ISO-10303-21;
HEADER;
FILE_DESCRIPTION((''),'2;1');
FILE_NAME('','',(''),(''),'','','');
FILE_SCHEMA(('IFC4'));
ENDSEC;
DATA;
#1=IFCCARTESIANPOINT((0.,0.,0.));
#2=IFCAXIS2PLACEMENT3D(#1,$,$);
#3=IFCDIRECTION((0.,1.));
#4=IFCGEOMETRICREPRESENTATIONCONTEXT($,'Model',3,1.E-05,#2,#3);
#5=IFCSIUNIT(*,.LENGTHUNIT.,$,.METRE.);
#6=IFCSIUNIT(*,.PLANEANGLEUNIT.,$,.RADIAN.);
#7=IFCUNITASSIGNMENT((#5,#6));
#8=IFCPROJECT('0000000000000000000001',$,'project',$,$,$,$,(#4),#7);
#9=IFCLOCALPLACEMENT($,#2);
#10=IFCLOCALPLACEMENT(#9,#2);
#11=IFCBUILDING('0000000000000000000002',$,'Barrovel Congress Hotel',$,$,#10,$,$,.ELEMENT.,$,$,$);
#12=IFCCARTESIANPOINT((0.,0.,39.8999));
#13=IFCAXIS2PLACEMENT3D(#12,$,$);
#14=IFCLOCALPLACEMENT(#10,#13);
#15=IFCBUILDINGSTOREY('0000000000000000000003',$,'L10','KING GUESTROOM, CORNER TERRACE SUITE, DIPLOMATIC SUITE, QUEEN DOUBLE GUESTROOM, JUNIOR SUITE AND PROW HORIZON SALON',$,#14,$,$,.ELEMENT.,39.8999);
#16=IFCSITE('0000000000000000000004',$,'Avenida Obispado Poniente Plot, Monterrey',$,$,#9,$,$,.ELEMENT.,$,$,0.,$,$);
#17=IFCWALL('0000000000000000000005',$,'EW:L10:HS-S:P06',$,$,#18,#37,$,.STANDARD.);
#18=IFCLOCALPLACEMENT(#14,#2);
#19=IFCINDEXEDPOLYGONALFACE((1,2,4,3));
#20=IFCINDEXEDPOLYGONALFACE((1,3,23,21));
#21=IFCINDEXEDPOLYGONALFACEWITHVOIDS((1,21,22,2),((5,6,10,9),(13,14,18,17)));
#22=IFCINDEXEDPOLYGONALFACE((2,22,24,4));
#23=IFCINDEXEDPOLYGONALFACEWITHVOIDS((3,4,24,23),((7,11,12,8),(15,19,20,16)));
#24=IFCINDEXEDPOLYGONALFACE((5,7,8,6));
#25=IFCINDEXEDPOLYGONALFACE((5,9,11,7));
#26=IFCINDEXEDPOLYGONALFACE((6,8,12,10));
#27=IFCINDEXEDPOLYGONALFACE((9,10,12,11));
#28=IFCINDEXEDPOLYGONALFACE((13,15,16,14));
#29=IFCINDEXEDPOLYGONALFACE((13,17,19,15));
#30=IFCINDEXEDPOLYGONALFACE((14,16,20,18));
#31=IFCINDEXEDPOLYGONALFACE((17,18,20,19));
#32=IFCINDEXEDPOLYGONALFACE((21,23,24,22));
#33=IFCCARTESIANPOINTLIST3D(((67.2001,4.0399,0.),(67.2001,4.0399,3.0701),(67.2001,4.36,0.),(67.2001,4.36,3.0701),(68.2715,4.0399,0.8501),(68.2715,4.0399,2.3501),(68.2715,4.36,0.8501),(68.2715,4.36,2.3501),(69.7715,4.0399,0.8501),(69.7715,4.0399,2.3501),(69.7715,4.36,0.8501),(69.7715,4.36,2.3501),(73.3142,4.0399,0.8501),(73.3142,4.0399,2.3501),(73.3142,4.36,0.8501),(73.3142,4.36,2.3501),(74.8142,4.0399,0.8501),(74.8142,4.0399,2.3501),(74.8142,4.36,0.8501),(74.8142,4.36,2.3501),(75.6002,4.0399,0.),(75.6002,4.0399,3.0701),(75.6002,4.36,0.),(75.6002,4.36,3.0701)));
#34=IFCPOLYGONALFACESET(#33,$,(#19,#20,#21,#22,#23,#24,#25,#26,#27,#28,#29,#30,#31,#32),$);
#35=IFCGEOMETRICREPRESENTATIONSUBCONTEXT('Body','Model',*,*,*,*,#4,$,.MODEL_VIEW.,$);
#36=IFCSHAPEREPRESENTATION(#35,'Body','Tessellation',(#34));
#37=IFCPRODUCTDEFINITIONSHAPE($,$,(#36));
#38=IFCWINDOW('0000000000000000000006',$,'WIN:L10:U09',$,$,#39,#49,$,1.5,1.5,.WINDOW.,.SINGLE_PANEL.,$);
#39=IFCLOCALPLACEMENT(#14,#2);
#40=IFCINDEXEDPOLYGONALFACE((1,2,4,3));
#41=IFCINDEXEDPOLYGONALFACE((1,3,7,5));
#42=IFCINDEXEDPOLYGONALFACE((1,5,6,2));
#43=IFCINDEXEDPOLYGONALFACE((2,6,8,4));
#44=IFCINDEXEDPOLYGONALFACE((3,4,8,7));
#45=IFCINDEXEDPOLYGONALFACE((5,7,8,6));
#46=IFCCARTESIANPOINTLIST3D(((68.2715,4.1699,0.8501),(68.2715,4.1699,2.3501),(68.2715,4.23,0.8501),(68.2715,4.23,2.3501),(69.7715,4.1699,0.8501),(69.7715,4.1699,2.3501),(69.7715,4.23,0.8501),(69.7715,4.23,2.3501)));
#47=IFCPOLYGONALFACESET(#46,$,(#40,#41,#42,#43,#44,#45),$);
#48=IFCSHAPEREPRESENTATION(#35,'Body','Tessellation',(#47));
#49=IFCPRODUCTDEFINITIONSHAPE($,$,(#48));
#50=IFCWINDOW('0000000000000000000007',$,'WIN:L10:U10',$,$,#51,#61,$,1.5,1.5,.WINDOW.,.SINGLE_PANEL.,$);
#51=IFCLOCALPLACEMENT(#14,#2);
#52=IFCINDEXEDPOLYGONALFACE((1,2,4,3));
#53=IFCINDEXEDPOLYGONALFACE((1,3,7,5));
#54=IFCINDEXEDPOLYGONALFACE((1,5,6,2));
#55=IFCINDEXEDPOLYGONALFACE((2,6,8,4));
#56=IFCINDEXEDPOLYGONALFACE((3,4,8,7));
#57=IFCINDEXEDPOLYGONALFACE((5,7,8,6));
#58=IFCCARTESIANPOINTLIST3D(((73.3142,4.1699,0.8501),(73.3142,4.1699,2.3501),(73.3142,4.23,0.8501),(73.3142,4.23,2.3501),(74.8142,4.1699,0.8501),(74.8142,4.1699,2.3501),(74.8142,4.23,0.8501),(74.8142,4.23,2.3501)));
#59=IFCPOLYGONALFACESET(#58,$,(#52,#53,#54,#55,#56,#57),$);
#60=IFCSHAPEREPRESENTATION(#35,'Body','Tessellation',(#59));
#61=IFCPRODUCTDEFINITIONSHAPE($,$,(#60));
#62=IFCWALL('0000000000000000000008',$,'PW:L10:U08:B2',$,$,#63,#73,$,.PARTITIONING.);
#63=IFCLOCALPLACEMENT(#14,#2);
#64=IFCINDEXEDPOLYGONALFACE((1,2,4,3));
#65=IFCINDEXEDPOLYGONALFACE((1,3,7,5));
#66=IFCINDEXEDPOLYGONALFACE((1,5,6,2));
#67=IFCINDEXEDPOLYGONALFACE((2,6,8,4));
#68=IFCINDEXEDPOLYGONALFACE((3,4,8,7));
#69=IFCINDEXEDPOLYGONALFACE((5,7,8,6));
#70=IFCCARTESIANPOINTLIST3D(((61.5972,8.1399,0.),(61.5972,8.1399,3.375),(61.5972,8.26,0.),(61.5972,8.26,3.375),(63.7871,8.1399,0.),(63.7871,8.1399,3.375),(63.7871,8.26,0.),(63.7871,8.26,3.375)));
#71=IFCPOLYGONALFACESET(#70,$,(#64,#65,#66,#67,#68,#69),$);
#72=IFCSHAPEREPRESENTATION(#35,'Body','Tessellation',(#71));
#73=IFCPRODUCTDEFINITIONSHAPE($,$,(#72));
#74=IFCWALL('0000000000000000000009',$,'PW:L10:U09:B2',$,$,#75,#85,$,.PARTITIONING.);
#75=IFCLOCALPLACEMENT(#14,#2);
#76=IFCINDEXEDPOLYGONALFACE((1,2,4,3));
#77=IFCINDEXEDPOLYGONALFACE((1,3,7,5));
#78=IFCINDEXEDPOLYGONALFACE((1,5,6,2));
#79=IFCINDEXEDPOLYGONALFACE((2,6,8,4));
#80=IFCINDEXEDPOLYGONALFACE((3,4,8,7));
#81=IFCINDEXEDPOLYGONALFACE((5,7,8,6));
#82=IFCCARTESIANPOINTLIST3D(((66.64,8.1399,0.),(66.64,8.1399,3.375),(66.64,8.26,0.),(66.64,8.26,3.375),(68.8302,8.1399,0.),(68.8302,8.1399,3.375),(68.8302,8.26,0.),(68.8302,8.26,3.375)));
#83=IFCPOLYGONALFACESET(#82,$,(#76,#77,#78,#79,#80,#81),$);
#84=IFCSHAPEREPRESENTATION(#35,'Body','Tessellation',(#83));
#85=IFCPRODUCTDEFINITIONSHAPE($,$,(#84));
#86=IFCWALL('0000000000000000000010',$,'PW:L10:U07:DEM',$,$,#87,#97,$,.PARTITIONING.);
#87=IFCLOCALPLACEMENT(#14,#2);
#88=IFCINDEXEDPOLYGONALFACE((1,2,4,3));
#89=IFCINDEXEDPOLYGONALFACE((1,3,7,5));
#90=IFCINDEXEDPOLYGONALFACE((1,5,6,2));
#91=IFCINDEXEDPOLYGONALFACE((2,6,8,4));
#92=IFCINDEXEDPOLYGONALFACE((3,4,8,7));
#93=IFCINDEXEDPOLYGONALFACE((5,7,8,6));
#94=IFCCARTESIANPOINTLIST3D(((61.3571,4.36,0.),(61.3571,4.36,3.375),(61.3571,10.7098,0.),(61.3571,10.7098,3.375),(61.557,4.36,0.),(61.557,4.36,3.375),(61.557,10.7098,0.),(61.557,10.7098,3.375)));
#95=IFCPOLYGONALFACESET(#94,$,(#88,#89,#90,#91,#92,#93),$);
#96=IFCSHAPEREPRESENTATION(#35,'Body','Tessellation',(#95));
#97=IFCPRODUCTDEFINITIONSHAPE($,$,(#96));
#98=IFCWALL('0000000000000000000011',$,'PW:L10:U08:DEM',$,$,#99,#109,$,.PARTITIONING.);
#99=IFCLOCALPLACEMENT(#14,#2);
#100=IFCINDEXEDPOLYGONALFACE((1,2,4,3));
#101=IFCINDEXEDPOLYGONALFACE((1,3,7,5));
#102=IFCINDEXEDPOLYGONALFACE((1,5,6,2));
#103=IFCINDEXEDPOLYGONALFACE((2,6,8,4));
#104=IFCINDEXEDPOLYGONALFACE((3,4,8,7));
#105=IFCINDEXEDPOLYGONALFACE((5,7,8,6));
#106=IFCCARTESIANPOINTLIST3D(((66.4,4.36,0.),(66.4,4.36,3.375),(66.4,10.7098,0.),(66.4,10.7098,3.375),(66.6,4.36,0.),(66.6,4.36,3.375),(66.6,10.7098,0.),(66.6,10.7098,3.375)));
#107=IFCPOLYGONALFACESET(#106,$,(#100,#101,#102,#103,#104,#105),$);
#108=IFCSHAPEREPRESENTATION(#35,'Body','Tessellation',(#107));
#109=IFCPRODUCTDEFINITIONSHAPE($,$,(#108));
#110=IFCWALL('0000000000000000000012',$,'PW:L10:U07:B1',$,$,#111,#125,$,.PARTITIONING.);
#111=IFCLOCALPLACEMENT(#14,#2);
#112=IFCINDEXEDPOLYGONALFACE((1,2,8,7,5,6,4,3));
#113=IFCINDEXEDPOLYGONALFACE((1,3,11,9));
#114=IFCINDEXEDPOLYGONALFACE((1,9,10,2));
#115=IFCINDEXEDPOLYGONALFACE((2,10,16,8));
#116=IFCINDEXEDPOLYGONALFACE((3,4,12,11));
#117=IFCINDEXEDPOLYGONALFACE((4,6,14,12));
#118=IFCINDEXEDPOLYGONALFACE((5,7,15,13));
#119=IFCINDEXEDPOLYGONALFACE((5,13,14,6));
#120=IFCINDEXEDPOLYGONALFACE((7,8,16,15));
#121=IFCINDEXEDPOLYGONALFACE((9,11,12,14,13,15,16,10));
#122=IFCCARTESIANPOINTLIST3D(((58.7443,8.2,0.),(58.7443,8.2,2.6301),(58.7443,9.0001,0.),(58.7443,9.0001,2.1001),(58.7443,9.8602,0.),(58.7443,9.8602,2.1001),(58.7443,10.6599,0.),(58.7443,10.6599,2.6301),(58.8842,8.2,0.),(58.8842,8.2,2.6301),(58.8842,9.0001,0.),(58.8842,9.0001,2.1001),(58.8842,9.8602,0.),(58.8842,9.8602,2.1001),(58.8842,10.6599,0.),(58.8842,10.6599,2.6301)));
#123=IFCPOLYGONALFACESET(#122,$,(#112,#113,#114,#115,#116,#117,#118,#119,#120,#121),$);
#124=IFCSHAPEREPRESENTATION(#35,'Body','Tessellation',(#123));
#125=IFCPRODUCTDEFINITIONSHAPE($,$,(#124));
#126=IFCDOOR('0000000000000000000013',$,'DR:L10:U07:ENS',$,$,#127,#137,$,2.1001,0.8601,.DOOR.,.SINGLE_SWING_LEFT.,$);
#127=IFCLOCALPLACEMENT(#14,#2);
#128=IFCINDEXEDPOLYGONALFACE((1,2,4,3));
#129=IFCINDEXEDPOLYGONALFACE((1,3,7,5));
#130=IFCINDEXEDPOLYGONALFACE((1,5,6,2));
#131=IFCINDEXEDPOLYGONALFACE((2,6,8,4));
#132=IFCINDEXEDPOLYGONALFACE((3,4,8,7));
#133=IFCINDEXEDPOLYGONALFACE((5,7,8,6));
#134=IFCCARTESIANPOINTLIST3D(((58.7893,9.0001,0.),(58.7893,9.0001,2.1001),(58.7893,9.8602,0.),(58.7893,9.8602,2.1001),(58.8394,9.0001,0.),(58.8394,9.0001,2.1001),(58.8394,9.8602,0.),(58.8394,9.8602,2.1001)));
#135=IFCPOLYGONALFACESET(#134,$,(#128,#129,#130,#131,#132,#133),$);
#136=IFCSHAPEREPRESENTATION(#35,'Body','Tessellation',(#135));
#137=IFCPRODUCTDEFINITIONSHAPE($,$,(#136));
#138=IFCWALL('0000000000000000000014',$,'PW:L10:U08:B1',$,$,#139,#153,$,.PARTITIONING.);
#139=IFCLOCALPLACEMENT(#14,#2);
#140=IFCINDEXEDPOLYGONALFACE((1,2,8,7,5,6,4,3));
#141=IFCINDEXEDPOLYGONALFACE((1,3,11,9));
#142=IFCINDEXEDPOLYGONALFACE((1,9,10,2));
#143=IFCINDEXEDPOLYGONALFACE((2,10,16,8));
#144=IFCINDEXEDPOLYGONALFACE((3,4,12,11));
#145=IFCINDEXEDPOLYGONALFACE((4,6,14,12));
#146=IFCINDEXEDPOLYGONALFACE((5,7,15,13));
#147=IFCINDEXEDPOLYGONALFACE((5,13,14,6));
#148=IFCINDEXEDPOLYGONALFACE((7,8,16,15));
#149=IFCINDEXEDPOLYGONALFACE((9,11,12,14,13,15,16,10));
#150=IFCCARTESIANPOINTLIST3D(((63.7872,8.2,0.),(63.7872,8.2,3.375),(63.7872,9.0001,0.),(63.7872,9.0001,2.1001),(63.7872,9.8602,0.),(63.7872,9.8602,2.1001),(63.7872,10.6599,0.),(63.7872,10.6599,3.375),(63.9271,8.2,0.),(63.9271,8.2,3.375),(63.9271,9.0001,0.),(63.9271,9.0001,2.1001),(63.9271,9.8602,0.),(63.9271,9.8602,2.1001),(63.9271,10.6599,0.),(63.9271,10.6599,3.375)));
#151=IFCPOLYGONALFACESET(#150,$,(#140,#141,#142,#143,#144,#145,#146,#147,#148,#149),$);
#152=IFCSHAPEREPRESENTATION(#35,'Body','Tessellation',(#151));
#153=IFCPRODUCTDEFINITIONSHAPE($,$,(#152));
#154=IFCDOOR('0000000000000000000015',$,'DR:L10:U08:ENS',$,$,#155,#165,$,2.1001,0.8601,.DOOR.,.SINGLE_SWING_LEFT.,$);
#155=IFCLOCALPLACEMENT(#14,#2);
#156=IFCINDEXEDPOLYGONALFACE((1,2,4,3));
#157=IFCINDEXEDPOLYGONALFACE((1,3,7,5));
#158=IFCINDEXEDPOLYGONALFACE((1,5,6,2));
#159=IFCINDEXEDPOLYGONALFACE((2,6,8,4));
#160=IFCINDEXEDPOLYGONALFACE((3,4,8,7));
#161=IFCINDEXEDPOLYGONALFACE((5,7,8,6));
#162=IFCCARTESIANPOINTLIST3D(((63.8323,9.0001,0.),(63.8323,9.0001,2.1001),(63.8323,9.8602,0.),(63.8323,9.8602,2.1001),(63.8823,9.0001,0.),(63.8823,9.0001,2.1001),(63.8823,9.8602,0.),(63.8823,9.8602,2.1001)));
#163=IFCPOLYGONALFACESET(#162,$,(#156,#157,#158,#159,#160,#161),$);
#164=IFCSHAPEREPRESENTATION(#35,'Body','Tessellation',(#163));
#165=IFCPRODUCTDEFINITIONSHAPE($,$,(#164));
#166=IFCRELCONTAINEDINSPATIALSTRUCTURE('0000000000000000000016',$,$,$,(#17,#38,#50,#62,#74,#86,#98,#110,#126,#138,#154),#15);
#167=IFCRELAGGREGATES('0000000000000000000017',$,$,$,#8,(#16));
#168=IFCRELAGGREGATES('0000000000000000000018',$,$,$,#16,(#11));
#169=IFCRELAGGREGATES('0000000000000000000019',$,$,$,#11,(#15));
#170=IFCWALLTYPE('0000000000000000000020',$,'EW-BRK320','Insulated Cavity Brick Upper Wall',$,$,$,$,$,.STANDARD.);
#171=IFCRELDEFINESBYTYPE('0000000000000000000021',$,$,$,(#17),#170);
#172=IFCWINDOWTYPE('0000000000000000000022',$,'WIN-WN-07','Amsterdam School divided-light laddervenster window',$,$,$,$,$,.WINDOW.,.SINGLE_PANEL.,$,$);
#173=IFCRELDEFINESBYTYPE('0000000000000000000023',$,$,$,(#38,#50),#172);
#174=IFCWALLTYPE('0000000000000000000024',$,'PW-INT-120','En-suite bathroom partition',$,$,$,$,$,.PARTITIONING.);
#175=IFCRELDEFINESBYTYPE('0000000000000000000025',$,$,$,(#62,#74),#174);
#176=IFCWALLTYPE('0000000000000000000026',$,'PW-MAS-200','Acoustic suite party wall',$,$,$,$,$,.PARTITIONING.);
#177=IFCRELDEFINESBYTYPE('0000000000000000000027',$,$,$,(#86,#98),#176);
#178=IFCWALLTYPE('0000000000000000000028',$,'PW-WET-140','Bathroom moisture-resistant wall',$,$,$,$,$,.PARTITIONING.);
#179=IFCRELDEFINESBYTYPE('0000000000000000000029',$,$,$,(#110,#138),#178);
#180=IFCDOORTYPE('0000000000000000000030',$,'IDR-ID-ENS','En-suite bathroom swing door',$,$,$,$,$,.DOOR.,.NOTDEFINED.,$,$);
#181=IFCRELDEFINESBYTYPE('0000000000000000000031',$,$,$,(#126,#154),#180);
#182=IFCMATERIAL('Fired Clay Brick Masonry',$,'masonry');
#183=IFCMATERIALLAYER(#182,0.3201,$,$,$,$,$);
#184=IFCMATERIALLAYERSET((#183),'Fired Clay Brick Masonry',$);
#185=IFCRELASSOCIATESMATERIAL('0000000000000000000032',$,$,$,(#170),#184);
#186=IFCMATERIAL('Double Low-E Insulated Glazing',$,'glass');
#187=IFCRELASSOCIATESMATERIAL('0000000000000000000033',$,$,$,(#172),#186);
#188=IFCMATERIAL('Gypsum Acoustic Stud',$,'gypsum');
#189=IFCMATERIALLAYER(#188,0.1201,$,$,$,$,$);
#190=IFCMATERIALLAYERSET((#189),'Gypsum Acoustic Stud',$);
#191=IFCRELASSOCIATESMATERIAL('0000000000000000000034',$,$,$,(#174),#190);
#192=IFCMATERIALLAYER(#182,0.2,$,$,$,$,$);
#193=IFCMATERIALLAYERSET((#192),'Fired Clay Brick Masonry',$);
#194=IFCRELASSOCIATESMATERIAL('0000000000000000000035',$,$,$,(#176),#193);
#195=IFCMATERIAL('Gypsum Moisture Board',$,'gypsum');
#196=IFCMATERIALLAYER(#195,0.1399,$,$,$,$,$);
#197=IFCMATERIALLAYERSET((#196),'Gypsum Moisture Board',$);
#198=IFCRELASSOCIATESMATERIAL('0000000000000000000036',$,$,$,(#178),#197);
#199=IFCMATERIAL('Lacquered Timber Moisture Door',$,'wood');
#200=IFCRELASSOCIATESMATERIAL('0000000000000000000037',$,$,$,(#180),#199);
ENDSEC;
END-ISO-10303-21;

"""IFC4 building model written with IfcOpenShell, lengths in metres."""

from ifc_helpers import new_model, si_unit, direction, frame, frame_2d, origin, place, context, subcontext, project, spatial, rectangle, extrude, material, layer, layer_set, type_object, element, fill, save


model = new_model("IFC4")

# Units and contexts
model_context = context("Model", 3, precision=1e-05, world=origin(), true_north=direction((0.0, 1.0)))
body_context = subcontext(model_context, "Body", "Model", "MODEL_VIEW")
ifc_project = project(units=[si_unit("LENGTHUNIT", "METRE"), si_unit("PLANEANGLEUNIT", "RADIAN")], contexts=[model_context])

# Site, building, storey
site_placement = place(None, origin())
site = spatial("IfcSite", under=ifc_project, at=site_placement, Name="Avenida Obispado Poniente Plot, Monterrey", CompositionType="ELEMENT", RefElevation=0.0)
building_placement = place(site_placement, origin())
building = spatial("IfcBuilding", under=site, at=building_placement, Name="Barrovel Congress Hotel", CompositionType="ELEMENT")
storey_placement = place(building_placement, frame((0.0, 0.0, 39.8999)))
storey = spatial("IfcBuildingStorey", under=building, at=storey_placement, Name="L10", Description="KING GUESTROOM, CORNER TERRACE SUITE, DIPLOMATIC SUITE, QUEEN DOUBLE GUESTROOM, JUNIOR SUITE AND PROW HORIZON SALON", CompositionType="ELEMENT", Elevation=39.8999)

# Wall, openings, windows
ifc_material_1 = material(Name="Fired Clay Brick Masonry", Category="masonry")
ifc_layer_1 = layer(ifc_material_1, 0.3201)
ifc_layer_set_1 = layer_set([ifc_layer_1], Name="Fired Clay Brick Masonry")
wall_type_1 = type_object("IfcWallType", Name="EW-BRK320", Description="Insulated Cavity Brick Upper Wall", PredefinedType="STANDARD", material=ifc_layer_set_1)
wall_1_placement = place(storey_placement, frame((67.2, 4.2, 0.0), z_axis=(0.0, 0.0, 1.0), x_axis=(1.0, 0.0, 0.0)))
wall_1 = element("IfcWall", 1, at=wall_1_placement, inside=storey, type_object=wall_type_1, Name="EW:L10:HS-S:P06", PredefinedType="STANDARD", context=body_context, shape_type="SweptSolid", body=[
    extrude(rectangle(XDim=8.4001, YDim=0.3201, at=frame_2d((4.2002, 0.0))), origin(), (0.0, 0.0, 1.0), 3.0701),
])
opening_1_placement = place(wall_1_placement, frame((1.0715, 0.0, 0.8501)))
opening_1 = element("IfcOpeningElement", 2, at=opening_1_placement, cuts=wall_1, PredefinedType="OPENING", context=body_context, shape_type="SweptSolid", body=[
    extrude(rectangle(XDim=1.5, YDim=1.5, at=frame_2d((0.75, 0.75))), frame((0.0, 0.1699, 0.0), z_axis=(0.0, -1.0, 0.0), x_axis=(1.0, 0.0, 0.0)), (0.0, 0.0, 1.0), 0.3401),
])
opening_2_placement = place(wall_1_placement, frame((6.1143, 0.0, 0.8501)))
opening_2 = element("IfcOpeningElement", 3, at=opening_2_placement, cuts=wall_1, PredefinedType="OPENING", context=body_context, shape_type="SweptSolid", body=[
    extrude(rectangle(XDim=1.5, YDim=1.5, at=frame_2d((0.75, 0.75))), frame((0.0, 0.1699, 0.0), z_axis=(0.0, -1.0, 0.0), x_axis=(1.0, 0.0, 0.0)), (0.0, 0.0, 1.0), 0.3401),
])
ifc_material_2 = material(Name="Double Low-E Insulated Glazing", Category="glass")
window_type = type_object("IfcWindowType", Name="WIN-WN-07", Description="Amsterdam School divided-light laddervenster window", PartitioningType="SINGLE_PANEL", PredefinedType="WINDOW", material=ifc_material_2)
window_1_placement = place(opening_1_placement, origin())
window_1 = element("IfcWindow", 4, at=window_1_placement, inside=storey, type_object=window_type, Name="WIN:L10:U09", OverallHeight=1.5, OverallWidth=1.5, PartitioningType="SINGLE_PANEL", PredefinedType="WINDOW", context=body_context, shape_type="SweptSolid", body=[
    extrude(rectangle(XDim=1.5, YDim=1.5, at=frame_2d((0.75, 0.75))), frame((0.0, 0.03, 0.0), z_axis=(0.0, -1.0, 0.0), x_axis=(1.0, 0.0, 0.0)), (0.0, 0.0, 1.0), 0.0601),
])
fill(opening_1, window_1)
window_2_placement = place(opening_2_placement, origin())
window_2 = element("IfcWindow", 5, at=window_2_placement, inside=storey, type_object=window_type, Name="WIN:L10:U10", OverallHeight=1.5, OverallWidth=1.5, PartitioningType="SINGLE_PANEL", PredefinedType="WINDOW", context=body_context, shape_type="SweptSolid", body=[
    extrude(rectangle(XDim=1.5, YDim=1.5, at=frame_2d((0.75, 0.75))), frame((0.0, 0.03, 0.0), z_axis=(0.0, -1.0, 0.0), x_axis=(1.0, 0.0, 0.0)), (0.0, 0.0, 1.0), 0.0601),
])
fill(opening_2, window_2)

# Shared definitions
ifc_material_3 = material(Name="Gypsum Acoustic Stud", Category="gypsum")

# Walls
ifc_layer_2 = layer(ifc_material_3, 0.1201)
ifc_layer_set_2 = layer_set([ifc_layer_2], Name="Gypsum Acoustic Stud")
wall_type_2 = type_object("IfcWallType", Name="PW-INT-120", Description="En-suite bathroom partition", PredefinedType="PARTITIONING", material=ifc_layer_set_2)
wall_2_placement = place(storey_placement, frame((61.5972, 8.2, 0.0), z_axis=(0.0, 0.0, 1.0), x_axis=(1.0, 0.0, 0.0)))
element("IfcWall", 6, at=wall_2_placement, inside=storey, type_object=wall_type_2, Name="PW:L10:U08:B2", PredefinedType="PARTITIONING", context=body_context, shape_type="SweptSolid", body=[
    extrude(rectangle(XDim=2.1899, YDim=0.1201, at=frame_2d((1.095, 0.0))), origin(), (0.0, 0.0, 1.0), 3.375),
])
wall_3_placement = place(storey_placement, frame((66.6399, 8.2, 0.0), z_axis=(0.0, 0.0, 1.0), x_axis=(1.0, 0.0, 0.0)))
element("IfcWall", 7, at=wall_3_placement, inside=storey, type_object=wall_type_2, Name="PW:L10:U09:B2", PredefinedType="PARTITIONING", context=body_context, shape_type="SweptSolid", body=[
    extrude(rectangle(XDim=2.1902, YDim=0.1201, at=frame_2d((1.0952, 0.0))), origin(), (0.0, 0.0, 1.0), 3.375),
])
ifc_layer_3 = layer(ifc_material_1, 0.2)
ifc_layer_set_3 = layer_set([ifc_layer_3], Name="Fired Clay Brick Masonry")
wall_type_3 = type_object("IfcWallType", Name="PW-MAS-200", Description="Acoustic suite party wall", PredefinedType="PARTITIONING", material=ifc_layer_set_3)
for number, where, z_axis, x_axis, name in (
    (8, (61.457, 4.3601, 0.0), (0.0, 0.0, 1.0), (0.0, 1.0, 0.0), "PW:L10:U07:DEM"),
    (9, (66.5, 4.3601, 0.0), (0.0, 0.0, 1.0), (0.0, 1.0, 0.0), "PW:L10:U08:DEM"),
):
    element("IfcWall", number, at=place(storey_placement, frame(where, z_axis=z_axis, x_axis=x_axis)), inside=storey, type_object=wall_type_3, Name=name, PredefinedType="PARTITIONING", context=body_context, shape_type="SweptSolid", body=[
        extrude(rectangle(XDim=6.3499, YDim=0.2, at=frame_2d((3.1748, 0.0))), origin(), (0.0, 0.0, 1.0), 3.375),
    ])

# Walls, openings, doors
ifc_material_4 = material(Name="Gypsum Moisture Board", Category="gypsum")
ifc_layer_4 = layer(ifc_material_4, 0.1399)
ifc_layer_set_4 = layer_set([ifc_layer_4], Name="Gypsum Moisture Board")
wall_type_4 = type_object("IfcWallType", Name="PW-WET-140", Description="Bathroom moisture-resistant wall", PredefinedType="PARTITIONING", material=ifc_layer_set_4)
wall_4_placement = place(storey_placement, frame((58.8142, 8.2, 0.0), z_axis=(0.0, 0.0, 1.0), x_axis=(0.0, 1.0, 0.0)))
wall_4 = element("IfcWall", 10, at=wall_4_placement, inside=storey, type_object=wall_type_4, Name="PW:L10:U07:B1", PredefinedType="PARTITIONING", context=body_context, shape_type="SweptSolid", body=[
    extrude(rectangle(XDim=2.46, YDim=0.1399, at=frame_2d((1.23, 0.0))), origin(), (0.0, 0.0, 1.0), 2.6301),
])
opening_3_placement = place(wall_4_placement, frame((0.8, 0.0, 0.0)))
opening_3 = element("IfcOpeningElement", 11, at=opening_3_placement, cuts=wall_4, PredefinedType="OPENING", context=body_context, shape_type="SweptSolid", body=[
    extrude(rectangle(XDim=0.8601, YDim=2.1001, at=frame_2d((0.4302, 1.05))), frame((0.0, 0.0801, 0.0), z_axis=(0.0, -1.0, 0.0), x_axis=(1.0, 0.0, 0.0)), (0.0, 0.0, 1.0), 0.1599),
])
ifc_material_5 = material(Name="Lacquered Timber Moisture Door", Category="wood")
door_type_1 = type_object("IfcDoorType", Name="IDR-ID-ENS", Description="En-suite bathroom swing door", OperationType="NOTDEFINED", PredefinedType="DOOR", material=ifc_material_5)
door_1_placement = place(opening_3_placement, origin())
door_1 = element("IfcDoor", 12, at=door_1_placement, inside=storey, type_object=door_type_1, Name="DR:L10:U07:ENS", OperationType="SINGLE_SWING_LEFT", OverallHeight=2.1001, OverallWidth=0.8601, PredefinedType="DOOR", context=body_context, shape_type="SweptSolid", body=[
    extrude(rectangle(XDim=0.8601, YDim=2.1001, at=frame_2d((0.4302, 1.05))), frame((0.0, 0.0249, 0.0), z_axis=(0.0, -1.0, 0.0), x_axis=(1.0, 0.0, 0.0)), (0.0, 0.0, 1.0), 0.05),
])
fill(opening_3, door_1)
wall_5_placement = place(storey_placement, frame((63.8572, 8.2, 0.0), z_axis=(0.0, 0.0, 1.0), x_axis=(0.0, 1.0, 0.0)))
wall_5 = element("IfcWall", 13, at=wall_5_placement, inside=storey, type_object=wall_type_4, Name="PW:L10:U08:B1", PredefinedType="PARTITIONING", context=body_context, shape_type="SweptSolid", body=[
    extrude(rectangle(XDim=2.46, YDim=0.1399, at=frame_2d((1.23, 0.0))), origin(), (0.0, 0.0, 1.0), 3.375),
])
opening_4_placement = place(wall_5_placement, frame((0.8, 0.0, 0.0)))
opening_4 = element("IfcOpeningElement", 14, at=opening_4_placement, cuts=wall_5, PredefinedType="OPENING", context=body_context, shape_type="SweptSolid", body=[
    extrude(rectangle(XDim=0.8601, YDim=2.1001, at=frame_2d((0.4302, 1.05))), frame((0.0, 0.0801, 0.0), z_axis=(0.0, -1.0, 0.0), x_axis=(1.0, 0.0, 0.0)), (0.0, 0.0, 1.0), 0.1599),
])
door_2_placement = place(opening_4_placement, origin())
door_2 = element("IfcDoor", 15, at=door_2_placement, inside=storey, type_object=door_type_1, Name="DR:L10:U08:ENS", OperationType="SINGLE_SWING_LEFT", OverallHeight=2.1001, OverallWidth=0.8601, PredefinedType="DOOR", context=body_context, shape_type="SweptSolid", body=[
    extrude(rectangle(XDim=0.8601, YDim=2.1001, at=frame_2d((0.4302, 1.05))), frame((0.0, 0.0249, 0.0), z_axis=(0.0, -1.0, 0.0), x_axis=(1.0, 0.0, 0.0)), (0.0, 0.0, 1.0), 0.05),
])
fill(opening_4, door_2)

save(model, "model.ifc")
